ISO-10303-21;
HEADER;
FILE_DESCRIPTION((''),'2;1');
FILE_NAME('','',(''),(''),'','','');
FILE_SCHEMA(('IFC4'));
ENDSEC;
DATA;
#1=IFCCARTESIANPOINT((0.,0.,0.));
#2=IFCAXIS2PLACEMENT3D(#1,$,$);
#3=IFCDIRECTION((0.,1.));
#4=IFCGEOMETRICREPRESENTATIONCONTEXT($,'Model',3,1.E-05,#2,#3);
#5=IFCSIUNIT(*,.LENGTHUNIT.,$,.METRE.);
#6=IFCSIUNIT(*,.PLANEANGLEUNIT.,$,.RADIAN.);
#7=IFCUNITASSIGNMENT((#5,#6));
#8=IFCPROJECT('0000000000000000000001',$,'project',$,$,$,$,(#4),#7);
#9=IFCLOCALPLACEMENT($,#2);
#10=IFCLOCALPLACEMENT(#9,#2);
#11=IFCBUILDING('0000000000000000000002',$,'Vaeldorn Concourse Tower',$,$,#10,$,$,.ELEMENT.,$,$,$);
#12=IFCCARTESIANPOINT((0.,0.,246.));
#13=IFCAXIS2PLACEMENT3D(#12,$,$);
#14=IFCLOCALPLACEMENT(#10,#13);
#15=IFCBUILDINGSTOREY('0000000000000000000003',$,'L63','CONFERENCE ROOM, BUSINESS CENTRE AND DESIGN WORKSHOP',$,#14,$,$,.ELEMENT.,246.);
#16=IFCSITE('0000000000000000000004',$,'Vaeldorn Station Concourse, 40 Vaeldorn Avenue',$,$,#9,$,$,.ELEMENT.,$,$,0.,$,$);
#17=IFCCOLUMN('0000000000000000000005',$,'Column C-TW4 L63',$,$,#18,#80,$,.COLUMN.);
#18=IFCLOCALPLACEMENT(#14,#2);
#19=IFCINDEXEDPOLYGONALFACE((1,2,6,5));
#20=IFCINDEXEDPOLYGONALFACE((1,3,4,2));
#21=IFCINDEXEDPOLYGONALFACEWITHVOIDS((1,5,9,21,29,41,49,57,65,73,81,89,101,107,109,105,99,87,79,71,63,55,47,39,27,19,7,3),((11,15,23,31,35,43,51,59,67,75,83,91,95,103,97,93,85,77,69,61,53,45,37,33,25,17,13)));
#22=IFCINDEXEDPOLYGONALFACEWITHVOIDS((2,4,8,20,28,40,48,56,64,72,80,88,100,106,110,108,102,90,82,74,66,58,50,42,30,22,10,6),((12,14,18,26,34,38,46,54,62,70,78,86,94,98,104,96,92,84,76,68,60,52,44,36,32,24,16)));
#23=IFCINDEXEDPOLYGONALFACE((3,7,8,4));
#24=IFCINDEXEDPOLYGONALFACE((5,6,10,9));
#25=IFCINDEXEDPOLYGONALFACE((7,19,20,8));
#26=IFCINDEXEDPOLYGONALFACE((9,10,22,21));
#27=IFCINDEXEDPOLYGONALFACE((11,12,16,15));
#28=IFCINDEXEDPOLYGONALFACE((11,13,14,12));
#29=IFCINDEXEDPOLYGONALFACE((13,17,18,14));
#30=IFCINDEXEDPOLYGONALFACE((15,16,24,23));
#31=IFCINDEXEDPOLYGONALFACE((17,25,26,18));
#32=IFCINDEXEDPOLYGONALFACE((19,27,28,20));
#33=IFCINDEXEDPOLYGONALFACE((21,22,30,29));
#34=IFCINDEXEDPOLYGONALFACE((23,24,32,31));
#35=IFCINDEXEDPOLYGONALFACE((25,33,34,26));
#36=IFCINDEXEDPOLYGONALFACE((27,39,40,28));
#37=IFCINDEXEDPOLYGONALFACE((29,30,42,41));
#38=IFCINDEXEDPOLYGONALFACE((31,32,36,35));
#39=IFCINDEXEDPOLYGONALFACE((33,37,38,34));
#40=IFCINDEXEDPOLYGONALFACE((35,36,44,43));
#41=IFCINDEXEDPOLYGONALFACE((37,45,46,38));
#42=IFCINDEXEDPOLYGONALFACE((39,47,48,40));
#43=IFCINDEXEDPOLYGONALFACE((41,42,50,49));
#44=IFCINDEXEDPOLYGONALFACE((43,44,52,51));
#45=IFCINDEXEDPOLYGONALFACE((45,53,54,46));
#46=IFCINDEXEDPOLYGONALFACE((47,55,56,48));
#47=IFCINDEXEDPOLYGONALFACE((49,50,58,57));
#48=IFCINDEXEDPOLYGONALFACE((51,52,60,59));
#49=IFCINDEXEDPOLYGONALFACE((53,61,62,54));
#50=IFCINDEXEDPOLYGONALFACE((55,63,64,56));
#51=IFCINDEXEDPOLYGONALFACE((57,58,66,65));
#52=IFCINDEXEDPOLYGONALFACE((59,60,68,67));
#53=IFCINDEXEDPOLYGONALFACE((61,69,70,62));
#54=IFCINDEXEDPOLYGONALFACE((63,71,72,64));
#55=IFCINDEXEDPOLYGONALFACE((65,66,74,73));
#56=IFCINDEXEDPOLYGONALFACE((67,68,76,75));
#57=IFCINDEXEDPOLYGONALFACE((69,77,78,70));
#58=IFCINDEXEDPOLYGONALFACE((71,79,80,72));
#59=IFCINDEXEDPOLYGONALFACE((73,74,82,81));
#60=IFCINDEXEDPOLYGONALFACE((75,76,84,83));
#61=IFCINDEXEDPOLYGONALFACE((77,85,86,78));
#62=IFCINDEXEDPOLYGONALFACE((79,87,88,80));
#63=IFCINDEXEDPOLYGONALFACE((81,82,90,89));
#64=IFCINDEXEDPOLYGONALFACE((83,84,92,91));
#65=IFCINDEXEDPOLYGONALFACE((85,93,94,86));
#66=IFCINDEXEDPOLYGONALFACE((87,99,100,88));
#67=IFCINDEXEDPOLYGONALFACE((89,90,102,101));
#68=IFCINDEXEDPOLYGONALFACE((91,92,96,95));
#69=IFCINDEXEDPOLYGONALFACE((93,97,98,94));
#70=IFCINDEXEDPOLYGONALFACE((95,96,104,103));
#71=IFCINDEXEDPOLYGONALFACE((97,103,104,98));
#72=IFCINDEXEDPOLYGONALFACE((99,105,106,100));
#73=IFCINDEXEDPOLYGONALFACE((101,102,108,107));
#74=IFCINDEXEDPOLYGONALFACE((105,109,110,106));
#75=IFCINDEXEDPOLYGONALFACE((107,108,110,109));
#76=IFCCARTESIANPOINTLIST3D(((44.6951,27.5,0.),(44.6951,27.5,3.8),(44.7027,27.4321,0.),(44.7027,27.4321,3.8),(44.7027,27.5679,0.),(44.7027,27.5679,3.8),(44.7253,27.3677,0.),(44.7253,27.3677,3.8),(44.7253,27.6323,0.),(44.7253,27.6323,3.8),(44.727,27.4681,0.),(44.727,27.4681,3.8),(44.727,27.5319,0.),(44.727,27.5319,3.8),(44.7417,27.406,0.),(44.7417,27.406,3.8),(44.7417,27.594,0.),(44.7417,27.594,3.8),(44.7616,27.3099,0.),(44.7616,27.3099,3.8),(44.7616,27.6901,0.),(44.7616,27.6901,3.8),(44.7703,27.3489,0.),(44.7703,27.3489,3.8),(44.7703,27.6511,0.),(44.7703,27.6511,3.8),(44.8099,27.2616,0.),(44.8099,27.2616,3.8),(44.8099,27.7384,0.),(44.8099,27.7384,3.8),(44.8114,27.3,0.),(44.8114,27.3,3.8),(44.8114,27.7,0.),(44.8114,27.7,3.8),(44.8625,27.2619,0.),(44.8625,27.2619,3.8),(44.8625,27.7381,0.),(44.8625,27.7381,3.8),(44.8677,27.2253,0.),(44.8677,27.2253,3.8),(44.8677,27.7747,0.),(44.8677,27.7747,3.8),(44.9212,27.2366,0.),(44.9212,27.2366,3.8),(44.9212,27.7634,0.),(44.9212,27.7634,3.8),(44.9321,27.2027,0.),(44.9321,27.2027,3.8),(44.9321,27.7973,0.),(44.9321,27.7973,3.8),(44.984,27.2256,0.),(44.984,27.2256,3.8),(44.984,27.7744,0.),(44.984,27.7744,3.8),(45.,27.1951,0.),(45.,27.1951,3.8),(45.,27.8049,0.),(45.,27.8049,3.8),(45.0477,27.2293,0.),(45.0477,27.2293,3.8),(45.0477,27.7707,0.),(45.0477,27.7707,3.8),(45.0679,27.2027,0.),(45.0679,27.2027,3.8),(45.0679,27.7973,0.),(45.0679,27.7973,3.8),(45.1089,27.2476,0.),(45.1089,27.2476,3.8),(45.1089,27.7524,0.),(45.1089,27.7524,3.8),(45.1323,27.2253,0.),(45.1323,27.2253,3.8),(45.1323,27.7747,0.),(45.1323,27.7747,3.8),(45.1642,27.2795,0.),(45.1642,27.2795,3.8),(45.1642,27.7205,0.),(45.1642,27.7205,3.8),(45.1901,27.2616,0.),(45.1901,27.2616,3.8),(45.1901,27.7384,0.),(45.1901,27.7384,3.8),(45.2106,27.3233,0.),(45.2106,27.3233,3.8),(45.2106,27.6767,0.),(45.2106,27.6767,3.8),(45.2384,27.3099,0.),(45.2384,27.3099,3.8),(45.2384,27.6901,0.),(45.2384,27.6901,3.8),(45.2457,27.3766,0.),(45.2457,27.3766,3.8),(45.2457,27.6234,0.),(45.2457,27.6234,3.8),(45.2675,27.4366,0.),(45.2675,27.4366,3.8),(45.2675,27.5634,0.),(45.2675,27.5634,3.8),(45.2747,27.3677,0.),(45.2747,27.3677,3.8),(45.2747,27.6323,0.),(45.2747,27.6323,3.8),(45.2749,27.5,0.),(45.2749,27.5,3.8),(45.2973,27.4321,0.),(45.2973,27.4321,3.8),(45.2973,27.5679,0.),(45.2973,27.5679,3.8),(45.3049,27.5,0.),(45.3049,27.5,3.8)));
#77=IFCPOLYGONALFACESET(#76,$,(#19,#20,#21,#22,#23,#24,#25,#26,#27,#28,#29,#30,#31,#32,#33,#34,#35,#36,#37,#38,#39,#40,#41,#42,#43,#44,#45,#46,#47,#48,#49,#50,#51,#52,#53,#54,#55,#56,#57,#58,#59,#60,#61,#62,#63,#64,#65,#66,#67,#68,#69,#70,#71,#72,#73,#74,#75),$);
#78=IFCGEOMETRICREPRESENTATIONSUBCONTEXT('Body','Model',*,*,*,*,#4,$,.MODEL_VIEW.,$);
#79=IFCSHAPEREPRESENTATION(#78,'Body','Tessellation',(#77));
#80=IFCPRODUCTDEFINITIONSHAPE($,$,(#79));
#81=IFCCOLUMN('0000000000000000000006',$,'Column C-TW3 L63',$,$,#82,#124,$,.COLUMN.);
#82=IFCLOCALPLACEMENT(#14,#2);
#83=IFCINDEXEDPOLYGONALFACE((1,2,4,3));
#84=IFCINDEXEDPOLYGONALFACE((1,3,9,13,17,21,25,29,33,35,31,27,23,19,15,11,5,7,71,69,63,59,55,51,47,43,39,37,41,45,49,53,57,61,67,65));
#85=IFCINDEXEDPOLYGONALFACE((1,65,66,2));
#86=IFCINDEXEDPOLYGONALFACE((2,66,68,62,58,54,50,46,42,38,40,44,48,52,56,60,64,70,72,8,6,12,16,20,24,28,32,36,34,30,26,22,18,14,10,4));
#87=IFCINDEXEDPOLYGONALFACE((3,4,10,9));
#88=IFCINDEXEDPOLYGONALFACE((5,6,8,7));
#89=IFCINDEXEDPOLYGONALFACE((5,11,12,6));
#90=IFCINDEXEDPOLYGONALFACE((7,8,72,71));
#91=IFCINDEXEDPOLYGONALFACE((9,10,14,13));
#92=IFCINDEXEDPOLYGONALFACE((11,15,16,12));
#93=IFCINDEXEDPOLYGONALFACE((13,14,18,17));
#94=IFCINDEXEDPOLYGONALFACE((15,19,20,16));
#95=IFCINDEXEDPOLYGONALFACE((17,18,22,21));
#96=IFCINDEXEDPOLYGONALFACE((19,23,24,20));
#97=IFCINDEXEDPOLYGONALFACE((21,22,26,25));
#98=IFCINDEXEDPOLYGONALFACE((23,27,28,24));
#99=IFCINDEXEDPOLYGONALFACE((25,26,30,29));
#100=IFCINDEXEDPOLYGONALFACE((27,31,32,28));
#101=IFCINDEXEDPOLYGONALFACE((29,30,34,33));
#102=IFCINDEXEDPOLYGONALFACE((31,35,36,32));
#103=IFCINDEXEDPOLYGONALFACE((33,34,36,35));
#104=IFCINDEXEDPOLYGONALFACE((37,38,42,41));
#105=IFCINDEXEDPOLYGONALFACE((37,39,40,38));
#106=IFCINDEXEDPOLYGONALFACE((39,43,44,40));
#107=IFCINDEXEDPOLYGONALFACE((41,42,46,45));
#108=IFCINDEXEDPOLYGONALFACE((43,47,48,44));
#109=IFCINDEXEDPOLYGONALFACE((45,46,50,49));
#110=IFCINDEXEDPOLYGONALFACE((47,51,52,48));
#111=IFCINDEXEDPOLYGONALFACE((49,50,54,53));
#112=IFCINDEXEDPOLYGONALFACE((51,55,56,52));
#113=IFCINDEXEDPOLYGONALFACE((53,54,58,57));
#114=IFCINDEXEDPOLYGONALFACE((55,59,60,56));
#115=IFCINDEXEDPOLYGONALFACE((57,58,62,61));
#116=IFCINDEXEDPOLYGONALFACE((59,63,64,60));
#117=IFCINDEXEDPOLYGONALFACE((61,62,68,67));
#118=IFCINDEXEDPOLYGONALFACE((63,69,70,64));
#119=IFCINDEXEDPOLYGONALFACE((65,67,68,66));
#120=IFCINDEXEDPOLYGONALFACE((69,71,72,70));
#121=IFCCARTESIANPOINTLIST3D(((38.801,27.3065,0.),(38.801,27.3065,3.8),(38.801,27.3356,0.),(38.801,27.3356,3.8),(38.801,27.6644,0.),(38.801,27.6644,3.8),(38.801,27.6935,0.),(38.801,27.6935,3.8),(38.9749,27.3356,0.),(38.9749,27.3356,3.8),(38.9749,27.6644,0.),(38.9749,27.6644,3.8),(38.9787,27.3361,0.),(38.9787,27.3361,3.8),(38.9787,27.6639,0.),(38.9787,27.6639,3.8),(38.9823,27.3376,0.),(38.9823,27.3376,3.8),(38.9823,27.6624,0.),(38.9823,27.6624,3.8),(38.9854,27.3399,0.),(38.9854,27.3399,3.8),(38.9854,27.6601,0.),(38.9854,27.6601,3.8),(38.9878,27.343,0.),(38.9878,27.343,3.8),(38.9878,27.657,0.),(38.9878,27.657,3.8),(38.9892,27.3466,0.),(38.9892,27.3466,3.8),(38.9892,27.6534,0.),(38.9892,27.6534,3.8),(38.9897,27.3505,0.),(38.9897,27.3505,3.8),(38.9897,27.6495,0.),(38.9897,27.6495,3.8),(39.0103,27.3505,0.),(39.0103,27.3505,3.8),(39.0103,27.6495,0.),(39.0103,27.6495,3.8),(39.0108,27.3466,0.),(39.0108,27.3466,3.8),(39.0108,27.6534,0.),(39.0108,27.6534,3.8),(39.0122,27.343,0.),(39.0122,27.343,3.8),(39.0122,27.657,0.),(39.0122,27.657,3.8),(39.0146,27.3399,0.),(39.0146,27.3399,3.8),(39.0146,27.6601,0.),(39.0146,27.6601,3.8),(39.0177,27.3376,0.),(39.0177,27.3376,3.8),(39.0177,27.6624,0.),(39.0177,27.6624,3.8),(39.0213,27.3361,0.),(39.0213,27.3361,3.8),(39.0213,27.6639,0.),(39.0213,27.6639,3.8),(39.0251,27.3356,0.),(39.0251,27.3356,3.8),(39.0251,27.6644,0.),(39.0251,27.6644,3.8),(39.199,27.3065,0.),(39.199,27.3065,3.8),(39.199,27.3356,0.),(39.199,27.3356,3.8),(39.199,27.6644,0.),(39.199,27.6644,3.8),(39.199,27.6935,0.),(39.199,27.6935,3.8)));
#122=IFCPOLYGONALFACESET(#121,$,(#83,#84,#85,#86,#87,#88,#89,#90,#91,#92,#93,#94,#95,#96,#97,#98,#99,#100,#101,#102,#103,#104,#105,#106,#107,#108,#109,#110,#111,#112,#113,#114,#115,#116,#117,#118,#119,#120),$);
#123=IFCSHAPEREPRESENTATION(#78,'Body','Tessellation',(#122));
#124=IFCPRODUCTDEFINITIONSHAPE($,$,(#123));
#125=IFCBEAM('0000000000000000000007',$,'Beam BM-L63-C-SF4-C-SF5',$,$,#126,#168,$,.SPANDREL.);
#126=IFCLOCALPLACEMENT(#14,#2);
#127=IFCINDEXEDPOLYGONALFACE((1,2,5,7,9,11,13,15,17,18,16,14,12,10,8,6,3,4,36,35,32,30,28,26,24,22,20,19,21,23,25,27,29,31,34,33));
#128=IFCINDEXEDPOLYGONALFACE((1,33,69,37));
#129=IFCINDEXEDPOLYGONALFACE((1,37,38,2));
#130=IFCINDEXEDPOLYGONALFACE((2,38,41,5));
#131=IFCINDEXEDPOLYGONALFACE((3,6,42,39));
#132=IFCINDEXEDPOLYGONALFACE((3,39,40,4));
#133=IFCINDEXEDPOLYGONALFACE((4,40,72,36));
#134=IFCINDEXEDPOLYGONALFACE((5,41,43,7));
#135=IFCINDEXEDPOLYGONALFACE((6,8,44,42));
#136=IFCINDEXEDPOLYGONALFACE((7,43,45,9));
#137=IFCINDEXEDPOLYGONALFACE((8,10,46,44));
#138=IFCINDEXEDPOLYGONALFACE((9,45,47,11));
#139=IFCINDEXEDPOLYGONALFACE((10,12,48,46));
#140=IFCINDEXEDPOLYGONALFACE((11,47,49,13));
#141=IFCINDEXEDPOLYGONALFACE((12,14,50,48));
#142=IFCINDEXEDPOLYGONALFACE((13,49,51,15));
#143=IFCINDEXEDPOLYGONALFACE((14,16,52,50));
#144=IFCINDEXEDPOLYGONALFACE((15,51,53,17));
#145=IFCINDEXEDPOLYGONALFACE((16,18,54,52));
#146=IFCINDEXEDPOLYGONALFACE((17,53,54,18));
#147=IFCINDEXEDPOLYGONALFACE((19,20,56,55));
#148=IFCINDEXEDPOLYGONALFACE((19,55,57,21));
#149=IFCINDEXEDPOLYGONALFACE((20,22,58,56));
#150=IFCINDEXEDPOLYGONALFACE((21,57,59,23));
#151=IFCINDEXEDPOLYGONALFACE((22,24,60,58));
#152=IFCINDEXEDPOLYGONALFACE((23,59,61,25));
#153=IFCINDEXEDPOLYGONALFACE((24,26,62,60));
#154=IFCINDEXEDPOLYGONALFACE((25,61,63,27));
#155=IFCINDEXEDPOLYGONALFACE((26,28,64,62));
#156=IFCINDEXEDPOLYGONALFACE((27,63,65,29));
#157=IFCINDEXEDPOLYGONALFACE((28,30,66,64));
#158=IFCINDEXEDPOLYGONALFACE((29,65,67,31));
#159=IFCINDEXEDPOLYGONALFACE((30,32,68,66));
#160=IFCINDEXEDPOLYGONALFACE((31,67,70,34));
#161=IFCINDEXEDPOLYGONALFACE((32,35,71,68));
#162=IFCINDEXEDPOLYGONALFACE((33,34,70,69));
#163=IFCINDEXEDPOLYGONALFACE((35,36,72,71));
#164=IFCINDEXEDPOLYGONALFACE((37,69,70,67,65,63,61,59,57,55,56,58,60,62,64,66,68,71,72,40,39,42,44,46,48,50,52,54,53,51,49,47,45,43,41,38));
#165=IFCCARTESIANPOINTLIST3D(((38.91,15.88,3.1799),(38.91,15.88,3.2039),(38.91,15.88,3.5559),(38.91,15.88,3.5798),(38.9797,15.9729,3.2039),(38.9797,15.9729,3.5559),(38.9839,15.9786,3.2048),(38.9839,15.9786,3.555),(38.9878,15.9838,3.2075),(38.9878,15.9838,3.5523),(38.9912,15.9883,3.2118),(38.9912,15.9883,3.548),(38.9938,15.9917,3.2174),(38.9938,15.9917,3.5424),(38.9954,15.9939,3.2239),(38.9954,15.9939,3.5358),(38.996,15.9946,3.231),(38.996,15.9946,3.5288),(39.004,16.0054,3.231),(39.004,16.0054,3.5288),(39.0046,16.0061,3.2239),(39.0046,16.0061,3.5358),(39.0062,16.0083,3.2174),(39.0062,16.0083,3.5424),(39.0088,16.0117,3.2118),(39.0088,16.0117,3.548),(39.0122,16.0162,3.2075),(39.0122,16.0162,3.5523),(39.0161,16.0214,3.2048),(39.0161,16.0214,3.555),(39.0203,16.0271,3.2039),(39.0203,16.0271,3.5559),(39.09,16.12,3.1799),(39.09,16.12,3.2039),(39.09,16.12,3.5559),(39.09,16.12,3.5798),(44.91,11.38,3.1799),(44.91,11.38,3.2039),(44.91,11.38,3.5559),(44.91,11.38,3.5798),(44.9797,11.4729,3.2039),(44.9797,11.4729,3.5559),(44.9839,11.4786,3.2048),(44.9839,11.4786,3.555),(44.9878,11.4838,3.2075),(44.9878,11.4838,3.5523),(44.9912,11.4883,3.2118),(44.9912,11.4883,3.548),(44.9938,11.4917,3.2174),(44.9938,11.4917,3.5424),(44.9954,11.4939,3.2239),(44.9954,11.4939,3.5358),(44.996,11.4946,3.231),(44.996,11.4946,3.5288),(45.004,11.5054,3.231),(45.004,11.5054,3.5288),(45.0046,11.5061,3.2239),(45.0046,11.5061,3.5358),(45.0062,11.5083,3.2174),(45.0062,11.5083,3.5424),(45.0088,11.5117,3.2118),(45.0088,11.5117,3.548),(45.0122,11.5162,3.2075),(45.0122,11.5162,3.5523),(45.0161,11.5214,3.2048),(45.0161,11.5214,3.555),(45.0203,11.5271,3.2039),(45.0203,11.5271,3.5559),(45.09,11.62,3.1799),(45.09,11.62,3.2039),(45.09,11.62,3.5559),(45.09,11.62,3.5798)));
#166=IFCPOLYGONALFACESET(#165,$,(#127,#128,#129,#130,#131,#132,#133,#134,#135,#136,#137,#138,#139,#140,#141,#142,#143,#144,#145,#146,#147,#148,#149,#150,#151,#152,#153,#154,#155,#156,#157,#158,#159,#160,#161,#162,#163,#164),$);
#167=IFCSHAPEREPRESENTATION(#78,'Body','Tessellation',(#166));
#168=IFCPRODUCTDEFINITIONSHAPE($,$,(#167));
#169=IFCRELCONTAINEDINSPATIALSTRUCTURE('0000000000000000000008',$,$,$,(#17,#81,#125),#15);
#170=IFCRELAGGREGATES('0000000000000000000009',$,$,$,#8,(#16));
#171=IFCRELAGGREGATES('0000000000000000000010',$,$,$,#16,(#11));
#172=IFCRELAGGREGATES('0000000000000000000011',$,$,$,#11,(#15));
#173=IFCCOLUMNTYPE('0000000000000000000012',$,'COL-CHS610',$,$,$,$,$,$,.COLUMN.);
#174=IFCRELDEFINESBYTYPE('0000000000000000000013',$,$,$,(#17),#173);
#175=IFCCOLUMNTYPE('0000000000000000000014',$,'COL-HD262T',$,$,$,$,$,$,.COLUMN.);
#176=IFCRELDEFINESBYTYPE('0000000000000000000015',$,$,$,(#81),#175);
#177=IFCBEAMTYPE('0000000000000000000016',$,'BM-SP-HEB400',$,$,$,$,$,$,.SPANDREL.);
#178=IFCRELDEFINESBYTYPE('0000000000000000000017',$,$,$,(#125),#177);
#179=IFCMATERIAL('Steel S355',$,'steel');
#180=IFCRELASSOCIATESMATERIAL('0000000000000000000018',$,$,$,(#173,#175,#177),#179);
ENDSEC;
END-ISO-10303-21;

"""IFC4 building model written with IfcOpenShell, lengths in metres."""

from ifc_helpers import new_model, si_unit, direction, frame, origin, origin_2d, place, context, subcontext, project, spatial, hollow_circle, i_section, extrude, source, transform, mapped, material, material_profile, profile_set, type_object, element, save


model = new_model("IFC4")

# Units and contexts
model_context = context("Model", 3, precision=1e-05, world=origin(), true_north=direction((0.0, 1.0)))
body_context = subcontext(model_context, "Body", "Model", "MODEL_VIEW")
ifc_project = project(units=[si_unit("LENGTHUNIT", "METRE"), si_unit("PLANEANGLEUNIT", "RADIAN")], contexts=[model_context])

# Site, building, storey
site_placement = place(None, origin())
site = spatial("IfcSite", under=ifc_project, at=site_placement, Name="Vaeldorn Station Concourse, 40 Vaeldorn Avenue", CompositionType="ELEMENT", RefElevation=0.0)
building_placement = place(site_placement, origin())
building = spatial("IfcBuilding", under=site, at=building_placement, Name="Vaeldorn Concourse Tower", CompositionType="ELEMENT")
storey_placement = place(building_placement, frame((0.0, 0.0, 246.0)))
storey = spatial("IfcBuildingStorey", under=building, at=storey_placement, Name="L63", Description="CONFERENCE ROOM, BUSINESS CENTRE AND DESIGN WORKSHOP", CompositionType="ELEMENT", Elevation=246.0)

# Columns
ifc_material_1 = material(Name="Steel S355", Category="steel")
ifc_material_profile_1 = material_profile(ifc_material_1, hollow_circle(Radius=0.3049, WallThickness=0.03, at=origin_2d()), Name="CHS 610x30")
ifc_profile_set_1 = profile_set([ifc_material_profile_1], Name="Steel S355")
column_type_1 = type_object("IfcColumnType", Name="COL-CHS610", PredefinedType="COLUMN", material=ifc_profile_set_1)
shared_shape_1 = source(origin(), body_context, "Body", "SweptSolid", [
    extrude(hollow_circle(Radius=0.3049, WallThickness=0.03, at=origin_2d()), origin(), (0.0, 0.0, 1.0), 3.8),
])
column_1_placement = place(storey_placement, frame((45.0, 27.5, 0.0), z_axis=(0.0, 0.0, 1.0), x_axis=(1.0, 0.0, 0.0)))
element("IfcColumn", 1, at=column_1_placement, inside=storey, type_object=column_type_1, Name="Column C-TW4 L63", PredefinedType="COLUMN", context=body_context, shape_type="MappedRepresentation", body=[
    mapped(shared_shape_1, transform((0.0, 0.0, 0.0), scale=1.0)),
])
ifc_material_profile_2 = material_profile(ifc_material_1, i_section(OverallWidth=0.3979, OverallDepth=0.387, WebThickness=0.0205, FlangeThickness=0.0291, FilletRadius=0.0149, at=origin_2d()), Name="HD 400x262")
ifc_profile_set_2 = profile_set([ifc_material_profile_2], Name="Steel S355")
column_type_2 = type_object("IfcColumnType", Name="COL-HD262T", PredefinedType="COLUMN", material=ifc_profile_set_2)
shared_shape_2 = source(origin(), body_context, "Body", "SweptSolid", [
    extrude(i_section(OverallWidth=0.3979, OverallDepth=0.387, WebThickness=0.0205, FlangeThickness=0.0291, FilletRadius=0.0149, at=origin_2d()), origin(), (0.0, 0.0, 1.0), 3.8),
])
column_2_placement = place(storey_placement, frame((39.0, 27.5, 0.0), z_axis=(0.0, 0.0, 1.0), x_axis=(1.0, 0.0, 0.0)))
element("IfcColumn", 2, at=column_2_placement, inside=storey, type_object=column_type_2, Name="Column C-TW3 L63", PredefinedType="COLUMN", context=body_context, shape_type="MappedRepresentation", body=[
    mapped(shared_shape_2, transform((0.0, 0.0, 0.0), scale=1.0)),
])

# Beam
ifc_material_profile_3 = material_profile(ifc_material_1, i_section(OverallWidth=0.3, OverallDepth=0.3999, WebThickness=0.0134, FlangeThickness=0.0239, FilletRadius=0.0271, at=origin_2d()), Name="HEB 400")
ifc_profile_set_3 = profile_set([ifc_material_profile_3], Name="Steel S355")
beam_type_1 = type_object("IfcBeamType", Name="BM-SP-HEB400", PredefinedType="SPANDREL", material=ifc_profile_set_3)
shared_shape_3 = source(origin(), body_context, "Body", "SweptSolid", [
    extrude(i_section(OverallWidth=0.3, OverallDepth=0.3999, WebThickness=0.0134, FlangeThickness=0.0239, FilletRadius=0.0271, at=origin_2d()), origin(), (0.0, 0.0, 1.0), 7.5),
])
beam_1_placement = place(storey_placement, frame((39.0, 16.0, 3.3799), z_axis=(0.8, -0.6, 0.0), x_axis=(0.6, 0.8, 0.0)))
element("IfcBeam", 3, at=beam_1_placement, inside=storey, type_object=beam_type_1, Name="Beam BM-L63-C-SF4-C-SF5", PredefinedType="SPANDREL", context=body_context, shape_type="MappedRepresentation", body=[
    mapped(shared_shape_3, transform((0.0, 0.0, 0.0), scale=1.0)),
])

save(model, "model.ifc")
